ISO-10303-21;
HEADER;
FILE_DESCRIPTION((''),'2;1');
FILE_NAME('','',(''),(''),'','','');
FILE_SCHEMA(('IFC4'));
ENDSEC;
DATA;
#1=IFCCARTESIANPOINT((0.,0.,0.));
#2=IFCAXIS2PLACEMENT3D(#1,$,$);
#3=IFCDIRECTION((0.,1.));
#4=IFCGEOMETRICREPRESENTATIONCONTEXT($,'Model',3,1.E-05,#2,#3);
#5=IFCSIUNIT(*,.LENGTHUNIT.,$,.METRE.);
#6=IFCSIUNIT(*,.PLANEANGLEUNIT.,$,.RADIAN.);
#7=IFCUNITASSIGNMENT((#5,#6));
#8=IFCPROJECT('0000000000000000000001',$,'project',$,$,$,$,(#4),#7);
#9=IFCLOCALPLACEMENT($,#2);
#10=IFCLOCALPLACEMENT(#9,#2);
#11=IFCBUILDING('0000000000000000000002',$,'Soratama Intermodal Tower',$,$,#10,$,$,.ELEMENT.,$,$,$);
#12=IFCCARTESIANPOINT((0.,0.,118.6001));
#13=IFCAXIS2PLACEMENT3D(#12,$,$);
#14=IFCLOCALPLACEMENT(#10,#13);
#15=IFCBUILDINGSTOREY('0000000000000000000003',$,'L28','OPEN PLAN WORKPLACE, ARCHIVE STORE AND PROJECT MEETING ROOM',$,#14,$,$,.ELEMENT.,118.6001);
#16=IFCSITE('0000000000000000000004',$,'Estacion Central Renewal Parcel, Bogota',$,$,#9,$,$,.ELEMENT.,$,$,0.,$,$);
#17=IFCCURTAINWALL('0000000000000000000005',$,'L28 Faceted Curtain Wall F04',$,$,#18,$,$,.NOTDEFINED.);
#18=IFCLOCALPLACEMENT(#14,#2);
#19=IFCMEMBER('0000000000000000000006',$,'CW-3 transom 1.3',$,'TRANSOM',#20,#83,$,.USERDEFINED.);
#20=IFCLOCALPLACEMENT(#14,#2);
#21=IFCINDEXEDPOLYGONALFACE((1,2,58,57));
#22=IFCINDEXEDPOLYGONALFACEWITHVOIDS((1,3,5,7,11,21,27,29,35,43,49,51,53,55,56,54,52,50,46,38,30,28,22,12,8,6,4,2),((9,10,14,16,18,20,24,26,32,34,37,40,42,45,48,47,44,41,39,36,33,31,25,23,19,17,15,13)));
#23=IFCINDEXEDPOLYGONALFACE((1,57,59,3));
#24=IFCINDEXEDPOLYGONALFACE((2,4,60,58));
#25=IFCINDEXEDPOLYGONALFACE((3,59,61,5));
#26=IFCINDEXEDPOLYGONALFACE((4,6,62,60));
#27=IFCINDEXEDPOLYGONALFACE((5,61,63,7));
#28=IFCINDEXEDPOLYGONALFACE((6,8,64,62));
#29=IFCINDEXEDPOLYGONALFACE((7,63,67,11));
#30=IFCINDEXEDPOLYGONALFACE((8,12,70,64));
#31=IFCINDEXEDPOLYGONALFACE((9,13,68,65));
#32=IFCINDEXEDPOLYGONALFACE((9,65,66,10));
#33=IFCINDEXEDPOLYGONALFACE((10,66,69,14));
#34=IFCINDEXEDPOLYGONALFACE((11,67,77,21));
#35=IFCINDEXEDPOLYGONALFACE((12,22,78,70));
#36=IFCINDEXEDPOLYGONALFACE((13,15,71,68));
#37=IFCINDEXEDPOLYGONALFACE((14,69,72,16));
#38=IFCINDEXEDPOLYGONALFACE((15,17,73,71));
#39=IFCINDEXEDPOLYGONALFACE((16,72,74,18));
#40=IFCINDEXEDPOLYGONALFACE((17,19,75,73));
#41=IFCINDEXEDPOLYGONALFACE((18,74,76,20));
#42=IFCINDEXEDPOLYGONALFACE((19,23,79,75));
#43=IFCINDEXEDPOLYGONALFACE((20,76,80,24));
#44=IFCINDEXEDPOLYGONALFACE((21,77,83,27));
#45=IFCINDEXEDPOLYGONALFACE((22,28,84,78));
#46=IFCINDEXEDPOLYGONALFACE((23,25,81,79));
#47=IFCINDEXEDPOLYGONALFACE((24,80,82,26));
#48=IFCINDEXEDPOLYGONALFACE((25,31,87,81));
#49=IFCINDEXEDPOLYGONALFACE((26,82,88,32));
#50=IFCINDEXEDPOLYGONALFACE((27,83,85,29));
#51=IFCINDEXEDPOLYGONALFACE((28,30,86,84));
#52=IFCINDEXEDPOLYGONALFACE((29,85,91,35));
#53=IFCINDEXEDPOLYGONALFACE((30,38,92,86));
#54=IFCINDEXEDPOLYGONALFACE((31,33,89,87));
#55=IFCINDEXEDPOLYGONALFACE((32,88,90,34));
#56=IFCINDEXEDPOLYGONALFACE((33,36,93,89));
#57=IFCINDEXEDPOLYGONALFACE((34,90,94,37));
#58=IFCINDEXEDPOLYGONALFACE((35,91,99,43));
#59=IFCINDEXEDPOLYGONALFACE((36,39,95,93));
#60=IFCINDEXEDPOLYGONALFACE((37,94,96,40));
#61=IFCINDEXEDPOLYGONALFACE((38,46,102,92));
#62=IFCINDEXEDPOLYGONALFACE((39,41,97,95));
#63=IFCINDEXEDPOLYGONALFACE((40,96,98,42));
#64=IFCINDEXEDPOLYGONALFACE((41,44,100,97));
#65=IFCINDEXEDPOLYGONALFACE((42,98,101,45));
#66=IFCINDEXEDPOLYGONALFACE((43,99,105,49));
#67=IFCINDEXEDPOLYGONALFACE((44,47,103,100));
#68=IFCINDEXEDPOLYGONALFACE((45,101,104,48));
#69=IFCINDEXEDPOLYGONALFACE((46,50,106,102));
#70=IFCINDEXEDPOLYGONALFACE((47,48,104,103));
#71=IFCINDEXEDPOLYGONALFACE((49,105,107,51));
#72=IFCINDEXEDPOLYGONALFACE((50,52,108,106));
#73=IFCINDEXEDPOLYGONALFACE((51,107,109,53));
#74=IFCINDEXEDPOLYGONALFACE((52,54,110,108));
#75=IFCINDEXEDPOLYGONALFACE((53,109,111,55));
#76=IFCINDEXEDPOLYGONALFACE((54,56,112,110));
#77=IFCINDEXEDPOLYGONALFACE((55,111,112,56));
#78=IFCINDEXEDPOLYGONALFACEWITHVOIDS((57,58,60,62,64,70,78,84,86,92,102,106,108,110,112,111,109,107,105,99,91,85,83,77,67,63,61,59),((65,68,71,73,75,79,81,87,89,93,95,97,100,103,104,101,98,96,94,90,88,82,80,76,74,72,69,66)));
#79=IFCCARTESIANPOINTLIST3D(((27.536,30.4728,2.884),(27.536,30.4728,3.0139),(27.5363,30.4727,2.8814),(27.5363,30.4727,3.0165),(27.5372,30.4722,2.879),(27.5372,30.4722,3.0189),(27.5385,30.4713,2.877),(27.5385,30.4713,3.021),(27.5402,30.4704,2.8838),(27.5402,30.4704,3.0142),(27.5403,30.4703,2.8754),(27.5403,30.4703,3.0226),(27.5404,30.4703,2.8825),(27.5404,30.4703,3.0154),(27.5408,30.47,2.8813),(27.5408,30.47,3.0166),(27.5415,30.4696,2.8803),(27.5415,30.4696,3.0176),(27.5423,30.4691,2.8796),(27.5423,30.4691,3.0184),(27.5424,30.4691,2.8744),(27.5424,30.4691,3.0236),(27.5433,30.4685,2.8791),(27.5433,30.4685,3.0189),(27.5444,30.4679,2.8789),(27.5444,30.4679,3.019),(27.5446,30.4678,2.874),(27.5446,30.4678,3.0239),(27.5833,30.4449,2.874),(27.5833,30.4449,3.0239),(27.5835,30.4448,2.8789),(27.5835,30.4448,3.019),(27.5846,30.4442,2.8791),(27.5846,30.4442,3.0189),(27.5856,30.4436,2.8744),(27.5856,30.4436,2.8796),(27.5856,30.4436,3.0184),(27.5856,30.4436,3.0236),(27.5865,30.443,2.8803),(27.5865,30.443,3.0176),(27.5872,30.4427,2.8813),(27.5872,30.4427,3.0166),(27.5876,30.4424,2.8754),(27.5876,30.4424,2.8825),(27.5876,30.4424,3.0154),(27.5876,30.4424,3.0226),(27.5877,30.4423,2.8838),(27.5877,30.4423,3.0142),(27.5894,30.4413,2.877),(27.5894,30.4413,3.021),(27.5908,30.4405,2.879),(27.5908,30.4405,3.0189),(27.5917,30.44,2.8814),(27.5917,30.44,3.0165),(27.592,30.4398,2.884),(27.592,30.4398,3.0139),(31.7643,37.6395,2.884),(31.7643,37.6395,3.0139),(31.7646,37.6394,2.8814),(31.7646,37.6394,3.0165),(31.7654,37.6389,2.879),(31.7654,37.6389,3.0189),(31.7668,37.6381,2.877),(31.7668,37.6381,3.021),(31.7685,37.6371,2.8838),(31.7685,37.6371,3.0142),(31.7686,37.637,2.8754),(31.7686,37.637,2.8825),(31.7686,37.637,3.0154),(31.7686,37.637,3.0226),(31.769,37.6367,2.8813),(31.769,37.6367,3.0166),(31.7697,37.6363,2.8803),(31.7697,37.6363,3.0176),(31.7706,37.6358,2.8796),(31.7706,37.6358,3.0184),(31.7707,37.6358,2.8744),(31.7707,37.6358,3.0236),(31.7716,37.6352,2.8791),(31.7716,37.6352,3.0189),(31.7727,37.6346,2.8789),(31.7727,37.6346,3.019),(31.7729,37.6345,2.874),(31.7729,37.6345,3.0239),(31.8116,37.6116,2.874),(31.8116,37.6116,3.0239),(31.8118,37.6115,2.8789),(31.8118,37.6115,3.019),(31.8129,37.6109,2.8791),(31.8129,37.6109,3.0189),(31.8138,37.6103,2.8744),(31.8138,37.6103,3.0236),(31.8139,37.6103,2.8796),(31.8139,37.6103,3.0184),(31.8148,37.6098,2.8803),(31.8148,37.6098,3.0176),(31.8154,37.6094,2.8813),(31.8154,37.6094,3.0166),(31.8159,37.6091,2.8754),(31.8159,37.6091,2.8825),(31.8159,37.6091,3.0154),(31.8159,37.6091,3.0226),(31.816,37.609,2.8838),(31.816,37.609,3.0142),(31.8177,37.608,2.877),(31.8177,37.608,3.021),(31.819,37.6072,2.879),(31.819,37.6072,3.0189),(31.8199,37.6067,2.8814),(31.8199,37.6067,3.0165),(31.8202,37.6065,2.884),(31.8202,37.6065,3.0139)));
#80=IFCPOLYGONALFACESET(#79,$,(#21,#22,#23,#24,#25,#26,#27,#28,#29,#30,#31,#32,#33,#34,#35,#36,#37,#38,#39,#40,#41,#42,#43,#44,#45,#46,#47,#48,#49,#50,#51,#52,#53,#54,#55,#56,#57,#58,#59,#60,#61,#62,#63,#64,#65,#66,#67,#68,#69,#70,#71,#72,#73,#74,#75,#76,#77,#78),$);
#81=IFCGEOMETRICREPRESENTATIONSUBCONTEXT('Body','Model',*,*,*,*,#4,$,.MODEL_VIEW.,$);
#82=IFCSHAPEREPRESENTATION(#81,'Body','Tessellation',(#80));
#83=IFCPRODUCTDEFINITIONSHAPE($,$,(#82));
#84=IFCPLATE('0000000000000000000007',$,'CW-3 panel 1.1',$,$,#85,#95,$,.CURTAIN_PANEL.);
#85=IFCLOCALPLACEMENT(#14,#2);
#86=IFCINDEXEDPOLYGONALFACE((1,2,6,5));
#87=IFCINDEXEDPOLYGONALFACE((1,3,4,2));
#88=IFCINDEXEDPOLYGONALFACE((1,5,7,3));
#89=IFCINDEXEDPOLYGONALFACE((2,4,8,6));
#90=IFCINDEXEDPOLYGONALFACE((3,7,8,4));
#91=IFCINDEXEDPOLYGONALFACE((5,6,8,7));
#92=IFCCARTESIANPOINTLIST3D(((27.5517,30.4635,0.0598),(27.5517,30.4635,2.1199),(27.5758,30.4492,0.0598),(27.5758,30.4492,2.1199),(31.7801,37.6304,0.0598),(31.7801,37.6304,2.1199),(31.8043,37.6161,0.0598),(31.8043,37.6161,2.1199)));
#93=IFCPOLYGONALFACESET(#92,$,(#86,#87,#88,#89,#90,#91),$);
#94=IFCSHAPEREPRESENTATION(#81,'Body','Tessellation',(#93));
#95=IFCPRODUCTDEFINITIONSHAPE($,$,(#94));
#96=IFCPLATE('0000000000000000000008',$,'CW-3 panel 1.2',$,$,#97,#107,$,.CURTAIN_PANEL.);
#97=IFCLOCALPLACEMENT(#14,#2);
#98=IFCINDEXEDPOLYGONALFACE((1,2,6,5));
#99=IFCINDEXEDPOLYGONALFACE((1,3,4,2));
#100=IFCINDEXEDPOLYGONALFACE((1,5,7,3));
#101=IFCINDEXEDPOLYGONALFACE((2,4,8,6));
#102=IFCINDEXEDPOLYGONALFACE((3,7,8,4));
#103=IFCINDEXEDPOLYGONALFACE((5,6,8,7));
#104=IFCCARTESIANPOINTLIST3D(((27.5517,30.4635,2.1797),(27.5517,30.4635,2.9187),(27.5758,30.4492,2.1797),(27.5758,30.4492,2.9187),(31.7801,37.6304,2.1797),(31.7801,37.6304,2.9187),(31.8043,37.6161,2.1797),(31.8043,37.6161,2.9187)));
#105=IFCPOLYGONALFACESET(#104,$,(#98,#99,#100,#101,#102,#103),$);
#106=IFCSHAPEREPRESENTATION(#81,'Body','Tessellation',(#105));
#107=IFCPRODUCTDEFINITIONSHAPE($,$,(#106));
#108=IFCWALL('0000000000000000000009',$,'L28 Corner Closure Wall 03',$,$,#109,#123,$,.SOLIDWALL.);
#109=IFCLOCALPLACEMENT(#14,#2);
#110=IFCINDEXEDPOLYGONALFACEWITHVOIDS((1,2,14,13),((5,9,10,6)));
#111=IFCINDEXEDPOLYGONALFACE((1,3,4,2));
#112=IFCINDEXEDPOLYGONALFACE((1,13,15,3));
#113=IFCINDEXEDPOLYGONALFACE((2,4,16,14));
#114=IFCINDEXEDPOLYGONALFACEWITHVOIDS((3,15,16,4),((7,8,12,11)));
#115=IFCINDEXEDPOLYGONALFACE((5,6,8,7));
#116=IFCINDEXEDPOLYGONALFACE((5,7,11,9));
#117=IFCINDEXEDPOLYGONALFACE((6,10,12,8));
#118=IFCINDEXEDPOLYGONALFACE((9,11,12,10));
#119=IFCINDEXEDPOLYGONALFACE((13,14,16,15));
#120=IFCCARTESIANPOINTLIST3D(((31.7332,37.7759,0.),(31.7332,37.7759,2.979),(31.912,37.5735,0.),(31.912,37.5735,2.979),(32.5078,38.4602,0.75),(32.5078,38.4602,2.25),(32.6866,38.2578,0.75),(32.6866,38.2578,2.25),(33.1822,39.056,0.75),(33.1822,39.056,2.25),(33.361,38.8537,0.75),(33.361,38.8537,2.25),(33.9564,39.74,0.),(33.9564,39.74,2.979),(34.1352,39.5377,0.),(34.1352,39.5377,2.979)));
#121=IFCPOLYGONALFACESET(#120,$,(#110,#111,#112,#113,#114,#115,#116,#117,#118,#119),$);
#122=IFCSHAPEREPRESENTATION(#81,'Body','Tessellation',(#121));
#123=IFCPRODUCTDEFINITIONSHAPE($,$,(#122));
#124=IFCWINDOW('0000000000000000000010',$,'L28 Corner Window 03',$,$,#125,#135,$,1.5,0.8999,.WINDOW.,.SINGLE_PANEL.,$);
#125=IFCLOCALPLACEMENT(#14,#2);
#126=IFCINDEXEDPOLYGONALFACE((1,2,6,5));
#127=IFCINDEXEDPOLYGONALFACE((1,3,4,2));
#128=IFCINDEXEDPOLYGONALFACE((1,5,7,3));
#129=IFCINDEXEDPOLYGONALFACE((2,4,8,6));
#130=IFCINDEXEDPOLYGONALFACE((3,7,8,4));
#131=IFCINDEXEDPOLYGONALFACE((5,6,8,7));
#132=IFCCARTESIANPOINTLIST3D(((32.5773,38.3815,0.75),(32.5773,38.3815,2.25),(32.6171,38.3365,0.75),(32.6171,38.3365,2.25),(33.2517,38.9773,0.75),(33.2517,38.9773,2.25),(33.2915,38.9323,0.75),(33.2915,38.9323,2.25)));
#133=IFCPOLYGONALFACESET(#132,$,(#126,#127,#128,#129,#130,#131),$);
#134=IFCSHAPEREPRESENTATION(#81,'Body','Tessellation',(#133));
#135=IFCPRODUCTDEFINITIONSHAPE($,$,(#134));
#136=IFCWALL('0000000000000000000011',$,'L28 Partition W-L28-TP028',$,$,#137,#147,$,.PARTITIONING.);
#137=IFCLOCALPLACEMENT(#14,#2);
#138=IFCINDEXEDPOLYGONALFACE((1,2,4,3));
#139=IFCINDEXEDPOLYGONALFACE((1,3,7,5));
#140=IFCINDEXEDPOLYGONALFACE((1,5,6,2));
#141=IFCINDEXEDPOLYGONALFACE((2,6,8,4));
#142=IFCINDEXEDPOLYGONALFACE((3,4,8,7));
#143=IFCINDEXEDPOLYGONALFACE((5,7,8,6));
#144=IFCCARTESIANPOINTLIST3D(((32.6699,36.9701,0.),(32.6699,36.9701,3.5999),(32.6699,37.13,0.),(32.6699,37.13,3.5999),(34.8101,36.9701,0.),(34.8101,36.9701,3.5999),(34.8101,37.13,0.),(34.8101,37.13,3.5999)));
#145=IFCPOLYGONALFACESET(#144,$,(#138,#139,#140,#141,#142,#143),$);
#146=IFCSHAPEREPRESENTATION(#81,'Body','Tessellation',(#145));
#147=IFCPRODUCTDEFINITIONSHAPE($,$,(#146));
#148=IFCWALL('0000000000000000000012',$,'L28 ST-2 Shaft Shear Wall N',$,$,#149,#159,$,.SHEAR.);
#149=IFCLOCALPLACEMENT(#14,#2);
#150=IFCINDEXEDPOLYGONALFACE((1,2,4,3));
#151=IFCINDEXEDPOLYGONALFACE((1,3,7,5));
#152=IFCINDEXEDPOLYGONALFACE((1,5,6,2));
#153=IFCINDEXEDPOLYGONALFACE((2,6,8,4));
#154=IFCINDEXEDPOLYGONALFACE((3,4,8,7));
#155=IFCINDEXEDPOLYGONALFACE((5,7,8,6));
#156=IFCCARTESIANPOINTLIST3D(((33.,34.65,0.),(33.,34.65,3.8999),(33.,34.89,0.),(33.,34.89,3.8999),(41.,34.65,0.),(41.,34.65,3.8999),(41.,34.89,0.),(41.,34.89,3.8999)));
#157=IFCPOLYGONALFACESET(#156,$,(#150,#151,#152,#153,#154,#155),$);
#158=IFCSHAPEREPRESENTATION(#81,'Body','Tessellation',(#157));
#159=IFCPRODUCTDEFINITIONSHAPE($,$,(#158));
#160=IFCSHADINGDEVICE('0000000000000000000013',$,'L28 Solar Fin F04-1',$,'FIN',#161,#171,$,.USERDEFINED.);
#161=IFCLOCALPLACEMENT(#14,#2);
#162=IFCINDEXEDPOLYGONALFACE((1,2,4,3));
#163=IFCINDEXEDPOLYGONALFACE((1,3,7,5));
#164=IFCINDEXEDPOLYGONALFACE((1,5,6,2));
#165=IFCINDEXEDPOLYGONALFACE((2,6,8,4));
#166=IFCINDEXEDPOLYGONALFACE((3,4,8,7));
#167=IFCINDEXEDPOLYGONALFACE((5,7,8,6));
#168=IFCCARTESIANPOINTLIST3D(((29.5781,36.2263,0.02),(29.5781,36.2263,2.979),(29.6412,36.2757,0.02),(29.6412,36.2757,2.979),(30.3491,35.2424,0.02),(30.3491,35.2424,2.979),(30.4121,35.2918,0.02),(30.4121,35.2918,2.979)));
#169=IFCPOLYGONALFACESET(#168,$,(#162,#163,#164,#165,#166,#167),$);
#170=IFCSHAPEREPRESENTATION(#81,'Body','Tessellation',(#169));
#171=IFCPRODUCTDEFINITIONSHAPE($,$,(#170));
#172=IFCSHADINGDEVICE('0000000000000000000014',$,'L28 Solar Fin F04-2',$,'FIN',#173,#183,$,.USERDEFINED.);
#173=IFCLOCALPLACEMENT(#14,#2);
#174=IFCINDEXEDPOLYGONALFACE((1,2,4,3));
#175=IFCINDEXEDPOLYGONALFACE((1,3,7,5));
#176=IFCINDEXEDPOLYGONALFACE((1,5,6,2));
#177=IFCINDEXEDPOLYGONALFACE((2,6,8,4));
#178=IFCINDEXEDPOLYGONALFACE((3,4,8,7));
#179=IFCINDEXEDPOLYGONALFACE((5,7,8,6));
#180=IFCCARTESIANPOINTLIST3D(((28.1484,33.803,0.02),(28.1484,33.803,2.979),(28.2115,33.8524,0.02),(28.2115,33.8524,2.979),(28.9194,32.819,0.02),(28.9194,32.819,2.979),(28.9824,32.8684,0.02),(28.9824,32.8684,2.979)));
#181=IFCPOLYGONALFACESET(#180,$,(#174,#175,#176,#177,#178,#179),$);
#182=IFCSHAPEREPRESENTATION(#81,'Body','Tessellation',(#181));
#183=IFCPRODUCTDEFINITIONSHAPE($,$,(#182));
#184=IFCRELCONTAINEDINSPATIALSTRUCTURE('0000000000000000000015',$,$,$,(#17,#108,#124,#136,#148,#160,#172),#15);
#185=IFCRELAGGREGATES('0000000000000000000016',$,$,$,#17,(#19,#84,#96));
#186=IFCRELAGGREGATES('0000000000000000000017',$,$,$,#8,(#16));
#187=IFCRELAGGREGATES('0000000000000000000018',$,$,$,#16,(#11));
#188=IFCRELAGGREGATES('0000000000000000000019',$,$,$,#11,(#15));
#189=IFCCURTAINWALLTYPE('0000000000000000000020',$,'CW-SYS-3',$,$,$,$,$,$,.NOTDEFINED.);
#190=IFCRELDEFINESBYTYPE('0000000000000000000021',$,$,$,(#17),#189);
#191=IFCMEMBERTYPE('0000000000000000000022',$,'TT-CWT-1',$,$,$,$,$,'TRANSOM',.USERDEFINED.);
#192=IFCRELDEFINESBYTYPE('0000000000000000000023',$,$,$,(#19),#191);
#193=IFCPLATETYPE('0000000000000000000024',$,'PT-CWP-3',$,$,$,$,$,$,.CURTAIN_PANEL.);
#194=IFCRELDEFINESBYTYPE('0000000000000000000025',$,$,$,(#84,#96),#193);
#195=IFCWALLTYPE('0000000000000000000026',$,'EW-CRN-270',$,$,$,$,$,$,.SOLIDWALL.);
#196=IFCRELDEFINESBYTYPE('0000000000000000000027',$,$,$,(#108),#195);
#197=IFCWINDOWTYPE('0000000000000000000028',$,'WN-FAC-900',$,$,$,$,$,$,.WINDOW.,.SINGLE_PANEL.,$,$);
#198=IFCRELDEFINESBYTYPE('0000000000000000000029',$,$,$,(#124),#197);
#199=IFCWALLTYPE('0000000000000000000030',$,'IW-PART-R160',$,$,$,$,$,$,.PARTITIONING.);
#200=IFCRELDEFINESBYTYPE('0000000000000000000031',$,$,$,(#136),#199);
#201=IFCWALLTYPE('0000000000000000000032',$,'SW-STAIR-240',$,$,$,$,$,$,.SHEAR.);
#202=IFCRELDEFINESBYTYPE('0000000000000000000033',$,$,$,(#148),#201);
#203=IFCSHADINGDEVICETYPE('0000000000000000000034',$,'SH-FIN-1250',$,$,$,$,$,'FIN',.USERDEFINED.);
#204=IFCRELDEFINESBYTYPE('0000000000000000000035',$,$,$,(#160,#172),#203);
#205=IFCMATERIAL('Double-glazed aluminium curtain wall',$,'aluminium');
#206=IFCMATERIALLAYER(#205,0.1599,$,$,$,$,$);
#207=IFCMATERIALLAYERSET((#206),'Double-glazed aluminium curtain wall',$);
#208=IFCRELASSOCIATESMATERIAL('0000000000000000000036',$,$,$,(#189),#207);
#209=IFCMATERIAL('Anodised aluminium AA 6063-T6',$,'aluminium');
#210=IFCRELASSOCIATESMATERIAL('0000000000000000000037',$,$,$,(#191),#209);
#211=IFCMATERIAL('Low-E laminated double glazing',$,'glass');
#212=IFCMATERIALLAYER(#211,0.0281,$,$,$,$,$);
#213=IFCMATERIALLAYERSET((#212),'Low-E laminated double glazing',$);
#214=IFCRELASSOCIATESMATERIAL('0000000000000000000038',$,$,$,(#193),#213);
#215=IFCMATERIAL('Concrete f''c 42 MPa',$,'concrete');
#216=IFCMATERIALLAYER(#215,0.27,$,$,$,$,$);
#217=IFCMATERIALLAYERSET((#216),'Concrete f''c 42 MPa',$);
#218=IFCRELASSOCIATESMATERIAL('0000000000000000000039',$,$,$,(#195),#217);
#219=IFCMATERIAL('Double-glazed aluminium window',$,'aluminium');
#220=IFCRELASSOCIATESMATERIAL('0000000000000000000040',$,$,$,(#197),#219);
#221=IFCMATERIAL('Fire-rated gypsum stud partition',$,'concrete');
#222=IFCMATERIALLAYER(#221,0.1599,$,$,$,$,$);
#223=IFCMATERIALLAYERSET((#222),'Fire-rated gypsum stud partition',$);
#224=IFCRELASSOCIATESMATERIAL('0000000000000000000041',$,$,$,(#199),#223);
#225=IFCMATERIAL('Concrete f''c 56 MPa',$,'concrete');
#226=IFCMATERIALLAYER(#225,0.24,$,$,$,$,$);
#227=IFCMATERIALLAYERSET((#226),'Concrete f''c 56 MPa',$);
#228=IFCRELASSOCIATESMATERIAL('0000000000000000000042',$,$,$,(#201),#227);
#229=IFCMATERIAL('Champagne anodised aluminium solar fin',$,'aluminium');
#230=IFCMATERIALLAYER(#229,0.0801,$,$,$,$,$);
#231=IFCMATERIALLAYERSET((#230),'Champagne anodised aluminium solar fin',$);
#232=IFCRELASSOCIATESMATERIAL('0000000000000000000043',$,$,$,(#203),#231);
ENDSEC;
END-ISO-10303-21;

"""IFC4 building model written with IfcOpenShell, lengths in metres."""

from ifc_helpers import new_model, si_unit, direction, frame, frame_2d, origin, origin_2d, place, context, subcontext, project, spatial, rectangle, hollow_rectangle, extrude, material, layer, layer_set, material_profile, profile_set, type_object, element, fill, aggregate, save


model = new_model("IFC4")

# Units and contexts
model_context = context("Model", 3, precision=1e-05, world=origin(), true_north=direction((0.0, 1.0)))
body_context = subcontext(model_context, "Body", "Model", "MODEL_VIEW")
ifc_project = project(units=[si_unit("LENGTHUNIT", "METRE"), si_unit("PLANEANGLEUNIT", "RADIAN")], contexts=[model_context])

# Site, building, storey
site_placement = place(None, origin())
site = spatial("IfcSite", under=ifc_project, at=site_placement, Name="Estacion Central Renewal Parcel, Bogota", CompositionType="ELEMENT", RefElevation=0.0)
building_placement = place(site_placement, origin())
building = spatial("IfcBuilding", under=site, at=building_placement, Name="Soratama Intermodal Tower", CompositionType="ELEMENT")
storey_placement = place(building_placement, frame((0.0, 0.0, 118.6001)))
storey = spatial("IfcBuildingStorey", under=building, at=storey_placement, Name="L28", Description="OPEN PLAN WORKPLACE, ARCHIVE STORE AND PROJECT MEETING ROOM", CompositionType="ELEMENT", Elevation=118.6001)

# Shared definitions
ifc_material_1 = material(Name="Double-glazed aluminium curtain wall", Category="aluminium")
ifc_layer_1 = layer(ifc_material_1, 0.1599)
ifc_layer_set_1 = layer_set([ifc_layer_1], Name="Double-glazed aluminium curtain wall")
curtain_wall_type = type_object("IfcCurtainWallType", Name="CW-SYS-3", PredefinedType="NOTDEFINED", material=ifc_layer_set_1)

# Curtain wall, member, plates
curtain_wall_1_placement = place(storey_placement, origin())
curtain_wall_1 = element("IfcCurtainWall", 1, at=curtain_wall_1_placement, inside=storey, type_object=curtain_wall_type, Name="L28 Faceted Curtain Wall F04", PredefinedType="NOTDEFINED")
ifc_material_2 = material(Name="Anodised aluminium AA 6063-T6", Category="aluminium")
ifc_material_profile_1 = material_profile(ifc_material_2, hollow_rectangle(XDim=0.0649, YDim=0.1499, WallThickness=0.0049, InnerFilletRadius=0.0049, OuterFilletRadius=0.01, at=origin_2d()), Name="CWT150X65X5")
ifc_profile_set_1 = profile_set([ifc_material_profile_1], Name="Anodised aluminium AA 6063-T6")
member_type_1 = type_object("IfcMemberType", Name="TT-CWT-1", ElementType="TRANSOM", PredefinedType="USERDEFINED", material=ifc_profile_set_1)
member_1_placement = place(storey_placement, frame((31.7922, 37.623, 2.949), z_axis=(-0.508139, -0.861275, 0.0), x_axis=(0.861275, -0.508139, 0.0)))
member_1 = element("IfcMember", 2, at=member_1_placement, type_object=member_type_1, Name="CW-3 transom 1.3", ObjectType="TRANSOM", PredefinedType="USERDEFINED", context=body_context, shape_type="SweptSolid", body=[
    extrude(hollow_rectangle(XDim=0.0649, YDim=0.1499, WallThickness=0.0049, InnerFilletRadius=0.0049, OuterFilletRadius=0.01, at=origin_2d()), origin(), (0.0, 0.0, 1.0), 8.321),
])
ifc_material_3 = material(Name="Low-E laminated double glazing", Category="glass")
ifc_layer_2 = layer(ifc_material_3, 0.0281)
ifc_layer_set_2 = layer_set([ifc_layer_2], Name="Low-E laminated double glazing")
plate_type = type_object("IfcPlateType", Name="PT-CWP-3", PredefinedType="CURTAIN_PANEL", material=ifc_layer_set_2)
plate_1_placement = place(storey_placement, frame((29.678, 34.0398, 0.0598), z_axis=(0.0, 0.0, 1.0), x_axis=(-0.508147, -0.86127, 0.0)))
plate_1 = element("IfcPlate", 3, at=plate_1_placement, type_object=plate_type, Name="CW-3 panel 1.1", PredefinedType="CURTAIN_PANEL", context=body_context, shape_type="SweptSolid", body=[
    extrude(rectangle(XDim=8.3213, YDim=0.0281, at=origin_2d()), origin(), (0.0, 0.0, 1.0), 2.0601),
])
plate_2_placement = place(storey_placement, frame((29.678, 34.0398, 2.1797), z_axis=(0.0, 0.0, 1.0), x_axis=(-0.508147, -0.86127, 0.0)))
plate_2 = element("IfcPlate", 4, at=plate_2_placement, type_object=plate_type, Name="CW-3 panel 1.2", PredefinedType="CURTAIN_PANEL", context=body_context, shape_type="SweptSolid", body=[
    extrude(rectangle(XDim=8.3213, YDim=0.0281, at=origin_2d()), origin(), (0.0, 0.0, 1.0), 0.739),
])
aggregate(curtain_wall_1, [member_1, plate_1, plate_2])

# Wall, opening, window
ifc_material_4 = material(Name="Concrete f'c 42 MPa", Category="concrete")
ifc_layer_3 = layer(ifc_material_4, 0.27)
ifc_layer_set_3 = layer_set([ifc_layer_3], Name="Concrete f'c 42 MPa")
wall_type_1 = type_object("IfcWallType", Name="EW-CRN-270", PredefinedType="SOLIDWALL", material=ifc_layer_set_3)
wall_1_placement = place(storey_placement, frame((34.0459, 39.6389, 0.0), z_axis=(0.0, 0.0, 1.0), x_axis=(-0.749417, -0.662098, 0.0)))
wall_1 = element("IfcWall", 5, at=wall_1_placement, inside=storey, type_object=wall_type_1, Name="L28 Corner Closure Wall 03", PredefinedType="SOLIDWALL", context=body_context, shape_type="SweptSolid", body=[
    extrude(rectangle(XDim=2.9666, YDim=0.27, at=frame_2d((1.4834, 0.0))), origin(), (0.0, 0.0, 1.0), 2.979),
])
opening_1_placement = place(wall_1_placement, frame((1.0332, 0.0, 0.75)))
opening_1 = element("IfcOpeningElement", 6, at=opening_1_placement, cuts=wall_1, PredefinedType="OPENING", context=body_context, shape_type="SweptSolid", body=[
    extrude(rectangle(XDim=0.8999, YDim=1.5, at=frame_2d((0.45, 0.75))), frame((0.0, 0.145, 0.0), z_axis=(0.0, -1.0, 0.0), x_axis=(1.0, 0.0, 0.0)), (0.0, 0.0, 1.0), 0.29),
])
ifc_material_5 = material(Name="Double-glazed aluminium window", Category="aluminium")
window_type = type_object("IfcWindowType", Name="WN-FAC-900", PartitioningType="SINGLE_PANEL", PredefinedType="WINDOW", material=ifc_material_5)
window_placement = place(opening_1_placement, origin())
window = element("IfcWindow", 7, at=window_placement, inside=storey, type_object=window_type, Name="L28 Corner Window 03", OverallHeight=1.5, OverallWidth=0.8999, PartitioningType="SINGLE_PANEL", PredefinedType="WINDOW", context=body_context, shape_type="SweptSolid", body=[
    extrude(rectangle(XDim=0.8999, YDim=1.5, at=frame_2d((0.45, 0.75))), frame((0.0, 0.03, 0.0), z_axis=(0.0, -1.0, 0.0), x_axis=(1.0, 0.0, 0.0)), (0.0, 0.0, 1.0), 0.0601),
])
fill(opening_1, window)

# Wall
ifc_material_6 = material(Name="Fire-rated gypsum stud partition", Category="concrete")
ifc_layer_4 = layer(ifc_material_6, 0.1599)
ifc_layer_set_4 = layer_set([ifc_layer_4], Name="Fire-rated gypsum stud partition")
wall_type_2 = type_object("IfcWallType", Name="IW-PART-R160", PredefinedType="PARTITIONING", material=ifc_layer_set_4)
wall_2_placement = place(storey_placement, frame((32.6699, 37.05, 0.0), z_axis=(0.0, 0.0, 1.0), x_axis=(1.0, 0.0, 0.0)))
element("IfcWall", 8, at=wall_2_placement, inside=storey, type_object=wall_type_2, Name="L28 Partition W-L28-TP028", PredefinedType="PARTITIONING", context=body_context, shape_type="SweptSolid", body=[
    extrude(rectangle(XDim=2.1401, YDim=0.1599, at=frame_2d((1.0701, 0.0))), origin(), (0.0, 0.0, 1.0), 3.5999),
])

# Wall
ifc_material_7 = material(Name="Concrete f'c 56 MPa", Category="concrete")
ifc_layer_5 = layer(ifc_material_7, 0.24)
ifc_layer_set_5 = layer_set([ifc_layer_5], Name="Concrete f'c 56 MPa")
wall_type_3 = type_object("IfcWallType", Name="SW-STAIR-240", PredefinedType="SHEAR", material=ifc_layer_set_5)
wall_3_placement = place(storey_placement, frame((33.0, 34.77, 0.0), z_axis=(0.0, 0.0, 1.0), x_axis=(1.0, 0.0, 0.0)))
element("IfcWall", 9, at=wall_3_placement, inside=storey, type_object=wall_type_3, Name="L28 ST-2 Shaft Shear Wall N", PredefinedType="SHEAR", context=body_context, shape_type="SweptSolid", body=[
    extrude(rectangle(XDim=8.0, YDim=0.24, at=frame_2d((4.0, 0.0))), origin(), (0.0, 0.0, 1.0), 3.8999),
])

# Shading devices
ifc_material_8 = material(Name="Champagne anodised aluminium solar fin", Category="aluminium")
ifc_layer_6 = layer(ifc_material_8, 0.0801)
ifc_layer_set_6 = layer_set([ifc_layer_6], Name="Champagne anodised aluminium solar fin")
shading_device_type = type_object("IfcShadingDeviceType", Name="SH-FIN-1250", ElementType="FIN", PredefinedType="USERDEFINED", material=ifc_layer_set_6)
for number, where, z_axis, x_axis, name in (
    (10, (29.9951, 35.759, 0.02), (0.0, 0.0, 1.0), (-0.616761, 0.78715, 0.0), "L28 Solar Fin F04-1"),
    (11, (28.5654, 33.3357, 0.02), (0.0, 0.0, 1.0), (-0.616761, 0.78715, 0.0), "L28 Solar Fin F04-2"),
):
    element("IfcShadingDevice", number, at=place(storey_placement, frame(where, z_axis=z_axis, x_axis=x_axis)), inside=storey, type_object=shading_device_type, Name=name, ObjectType="FIN", PredefinedType="USERDEFINED", context=body_context, shape_type="SweptSolid", body=[
        extrude(rectangle(XDim=1.25, YDim=0.0801, at=origin_2d()), origin(), (0.0, 0.0, 1.0), 2.959),
    ])

save(model, "model.ifc")
